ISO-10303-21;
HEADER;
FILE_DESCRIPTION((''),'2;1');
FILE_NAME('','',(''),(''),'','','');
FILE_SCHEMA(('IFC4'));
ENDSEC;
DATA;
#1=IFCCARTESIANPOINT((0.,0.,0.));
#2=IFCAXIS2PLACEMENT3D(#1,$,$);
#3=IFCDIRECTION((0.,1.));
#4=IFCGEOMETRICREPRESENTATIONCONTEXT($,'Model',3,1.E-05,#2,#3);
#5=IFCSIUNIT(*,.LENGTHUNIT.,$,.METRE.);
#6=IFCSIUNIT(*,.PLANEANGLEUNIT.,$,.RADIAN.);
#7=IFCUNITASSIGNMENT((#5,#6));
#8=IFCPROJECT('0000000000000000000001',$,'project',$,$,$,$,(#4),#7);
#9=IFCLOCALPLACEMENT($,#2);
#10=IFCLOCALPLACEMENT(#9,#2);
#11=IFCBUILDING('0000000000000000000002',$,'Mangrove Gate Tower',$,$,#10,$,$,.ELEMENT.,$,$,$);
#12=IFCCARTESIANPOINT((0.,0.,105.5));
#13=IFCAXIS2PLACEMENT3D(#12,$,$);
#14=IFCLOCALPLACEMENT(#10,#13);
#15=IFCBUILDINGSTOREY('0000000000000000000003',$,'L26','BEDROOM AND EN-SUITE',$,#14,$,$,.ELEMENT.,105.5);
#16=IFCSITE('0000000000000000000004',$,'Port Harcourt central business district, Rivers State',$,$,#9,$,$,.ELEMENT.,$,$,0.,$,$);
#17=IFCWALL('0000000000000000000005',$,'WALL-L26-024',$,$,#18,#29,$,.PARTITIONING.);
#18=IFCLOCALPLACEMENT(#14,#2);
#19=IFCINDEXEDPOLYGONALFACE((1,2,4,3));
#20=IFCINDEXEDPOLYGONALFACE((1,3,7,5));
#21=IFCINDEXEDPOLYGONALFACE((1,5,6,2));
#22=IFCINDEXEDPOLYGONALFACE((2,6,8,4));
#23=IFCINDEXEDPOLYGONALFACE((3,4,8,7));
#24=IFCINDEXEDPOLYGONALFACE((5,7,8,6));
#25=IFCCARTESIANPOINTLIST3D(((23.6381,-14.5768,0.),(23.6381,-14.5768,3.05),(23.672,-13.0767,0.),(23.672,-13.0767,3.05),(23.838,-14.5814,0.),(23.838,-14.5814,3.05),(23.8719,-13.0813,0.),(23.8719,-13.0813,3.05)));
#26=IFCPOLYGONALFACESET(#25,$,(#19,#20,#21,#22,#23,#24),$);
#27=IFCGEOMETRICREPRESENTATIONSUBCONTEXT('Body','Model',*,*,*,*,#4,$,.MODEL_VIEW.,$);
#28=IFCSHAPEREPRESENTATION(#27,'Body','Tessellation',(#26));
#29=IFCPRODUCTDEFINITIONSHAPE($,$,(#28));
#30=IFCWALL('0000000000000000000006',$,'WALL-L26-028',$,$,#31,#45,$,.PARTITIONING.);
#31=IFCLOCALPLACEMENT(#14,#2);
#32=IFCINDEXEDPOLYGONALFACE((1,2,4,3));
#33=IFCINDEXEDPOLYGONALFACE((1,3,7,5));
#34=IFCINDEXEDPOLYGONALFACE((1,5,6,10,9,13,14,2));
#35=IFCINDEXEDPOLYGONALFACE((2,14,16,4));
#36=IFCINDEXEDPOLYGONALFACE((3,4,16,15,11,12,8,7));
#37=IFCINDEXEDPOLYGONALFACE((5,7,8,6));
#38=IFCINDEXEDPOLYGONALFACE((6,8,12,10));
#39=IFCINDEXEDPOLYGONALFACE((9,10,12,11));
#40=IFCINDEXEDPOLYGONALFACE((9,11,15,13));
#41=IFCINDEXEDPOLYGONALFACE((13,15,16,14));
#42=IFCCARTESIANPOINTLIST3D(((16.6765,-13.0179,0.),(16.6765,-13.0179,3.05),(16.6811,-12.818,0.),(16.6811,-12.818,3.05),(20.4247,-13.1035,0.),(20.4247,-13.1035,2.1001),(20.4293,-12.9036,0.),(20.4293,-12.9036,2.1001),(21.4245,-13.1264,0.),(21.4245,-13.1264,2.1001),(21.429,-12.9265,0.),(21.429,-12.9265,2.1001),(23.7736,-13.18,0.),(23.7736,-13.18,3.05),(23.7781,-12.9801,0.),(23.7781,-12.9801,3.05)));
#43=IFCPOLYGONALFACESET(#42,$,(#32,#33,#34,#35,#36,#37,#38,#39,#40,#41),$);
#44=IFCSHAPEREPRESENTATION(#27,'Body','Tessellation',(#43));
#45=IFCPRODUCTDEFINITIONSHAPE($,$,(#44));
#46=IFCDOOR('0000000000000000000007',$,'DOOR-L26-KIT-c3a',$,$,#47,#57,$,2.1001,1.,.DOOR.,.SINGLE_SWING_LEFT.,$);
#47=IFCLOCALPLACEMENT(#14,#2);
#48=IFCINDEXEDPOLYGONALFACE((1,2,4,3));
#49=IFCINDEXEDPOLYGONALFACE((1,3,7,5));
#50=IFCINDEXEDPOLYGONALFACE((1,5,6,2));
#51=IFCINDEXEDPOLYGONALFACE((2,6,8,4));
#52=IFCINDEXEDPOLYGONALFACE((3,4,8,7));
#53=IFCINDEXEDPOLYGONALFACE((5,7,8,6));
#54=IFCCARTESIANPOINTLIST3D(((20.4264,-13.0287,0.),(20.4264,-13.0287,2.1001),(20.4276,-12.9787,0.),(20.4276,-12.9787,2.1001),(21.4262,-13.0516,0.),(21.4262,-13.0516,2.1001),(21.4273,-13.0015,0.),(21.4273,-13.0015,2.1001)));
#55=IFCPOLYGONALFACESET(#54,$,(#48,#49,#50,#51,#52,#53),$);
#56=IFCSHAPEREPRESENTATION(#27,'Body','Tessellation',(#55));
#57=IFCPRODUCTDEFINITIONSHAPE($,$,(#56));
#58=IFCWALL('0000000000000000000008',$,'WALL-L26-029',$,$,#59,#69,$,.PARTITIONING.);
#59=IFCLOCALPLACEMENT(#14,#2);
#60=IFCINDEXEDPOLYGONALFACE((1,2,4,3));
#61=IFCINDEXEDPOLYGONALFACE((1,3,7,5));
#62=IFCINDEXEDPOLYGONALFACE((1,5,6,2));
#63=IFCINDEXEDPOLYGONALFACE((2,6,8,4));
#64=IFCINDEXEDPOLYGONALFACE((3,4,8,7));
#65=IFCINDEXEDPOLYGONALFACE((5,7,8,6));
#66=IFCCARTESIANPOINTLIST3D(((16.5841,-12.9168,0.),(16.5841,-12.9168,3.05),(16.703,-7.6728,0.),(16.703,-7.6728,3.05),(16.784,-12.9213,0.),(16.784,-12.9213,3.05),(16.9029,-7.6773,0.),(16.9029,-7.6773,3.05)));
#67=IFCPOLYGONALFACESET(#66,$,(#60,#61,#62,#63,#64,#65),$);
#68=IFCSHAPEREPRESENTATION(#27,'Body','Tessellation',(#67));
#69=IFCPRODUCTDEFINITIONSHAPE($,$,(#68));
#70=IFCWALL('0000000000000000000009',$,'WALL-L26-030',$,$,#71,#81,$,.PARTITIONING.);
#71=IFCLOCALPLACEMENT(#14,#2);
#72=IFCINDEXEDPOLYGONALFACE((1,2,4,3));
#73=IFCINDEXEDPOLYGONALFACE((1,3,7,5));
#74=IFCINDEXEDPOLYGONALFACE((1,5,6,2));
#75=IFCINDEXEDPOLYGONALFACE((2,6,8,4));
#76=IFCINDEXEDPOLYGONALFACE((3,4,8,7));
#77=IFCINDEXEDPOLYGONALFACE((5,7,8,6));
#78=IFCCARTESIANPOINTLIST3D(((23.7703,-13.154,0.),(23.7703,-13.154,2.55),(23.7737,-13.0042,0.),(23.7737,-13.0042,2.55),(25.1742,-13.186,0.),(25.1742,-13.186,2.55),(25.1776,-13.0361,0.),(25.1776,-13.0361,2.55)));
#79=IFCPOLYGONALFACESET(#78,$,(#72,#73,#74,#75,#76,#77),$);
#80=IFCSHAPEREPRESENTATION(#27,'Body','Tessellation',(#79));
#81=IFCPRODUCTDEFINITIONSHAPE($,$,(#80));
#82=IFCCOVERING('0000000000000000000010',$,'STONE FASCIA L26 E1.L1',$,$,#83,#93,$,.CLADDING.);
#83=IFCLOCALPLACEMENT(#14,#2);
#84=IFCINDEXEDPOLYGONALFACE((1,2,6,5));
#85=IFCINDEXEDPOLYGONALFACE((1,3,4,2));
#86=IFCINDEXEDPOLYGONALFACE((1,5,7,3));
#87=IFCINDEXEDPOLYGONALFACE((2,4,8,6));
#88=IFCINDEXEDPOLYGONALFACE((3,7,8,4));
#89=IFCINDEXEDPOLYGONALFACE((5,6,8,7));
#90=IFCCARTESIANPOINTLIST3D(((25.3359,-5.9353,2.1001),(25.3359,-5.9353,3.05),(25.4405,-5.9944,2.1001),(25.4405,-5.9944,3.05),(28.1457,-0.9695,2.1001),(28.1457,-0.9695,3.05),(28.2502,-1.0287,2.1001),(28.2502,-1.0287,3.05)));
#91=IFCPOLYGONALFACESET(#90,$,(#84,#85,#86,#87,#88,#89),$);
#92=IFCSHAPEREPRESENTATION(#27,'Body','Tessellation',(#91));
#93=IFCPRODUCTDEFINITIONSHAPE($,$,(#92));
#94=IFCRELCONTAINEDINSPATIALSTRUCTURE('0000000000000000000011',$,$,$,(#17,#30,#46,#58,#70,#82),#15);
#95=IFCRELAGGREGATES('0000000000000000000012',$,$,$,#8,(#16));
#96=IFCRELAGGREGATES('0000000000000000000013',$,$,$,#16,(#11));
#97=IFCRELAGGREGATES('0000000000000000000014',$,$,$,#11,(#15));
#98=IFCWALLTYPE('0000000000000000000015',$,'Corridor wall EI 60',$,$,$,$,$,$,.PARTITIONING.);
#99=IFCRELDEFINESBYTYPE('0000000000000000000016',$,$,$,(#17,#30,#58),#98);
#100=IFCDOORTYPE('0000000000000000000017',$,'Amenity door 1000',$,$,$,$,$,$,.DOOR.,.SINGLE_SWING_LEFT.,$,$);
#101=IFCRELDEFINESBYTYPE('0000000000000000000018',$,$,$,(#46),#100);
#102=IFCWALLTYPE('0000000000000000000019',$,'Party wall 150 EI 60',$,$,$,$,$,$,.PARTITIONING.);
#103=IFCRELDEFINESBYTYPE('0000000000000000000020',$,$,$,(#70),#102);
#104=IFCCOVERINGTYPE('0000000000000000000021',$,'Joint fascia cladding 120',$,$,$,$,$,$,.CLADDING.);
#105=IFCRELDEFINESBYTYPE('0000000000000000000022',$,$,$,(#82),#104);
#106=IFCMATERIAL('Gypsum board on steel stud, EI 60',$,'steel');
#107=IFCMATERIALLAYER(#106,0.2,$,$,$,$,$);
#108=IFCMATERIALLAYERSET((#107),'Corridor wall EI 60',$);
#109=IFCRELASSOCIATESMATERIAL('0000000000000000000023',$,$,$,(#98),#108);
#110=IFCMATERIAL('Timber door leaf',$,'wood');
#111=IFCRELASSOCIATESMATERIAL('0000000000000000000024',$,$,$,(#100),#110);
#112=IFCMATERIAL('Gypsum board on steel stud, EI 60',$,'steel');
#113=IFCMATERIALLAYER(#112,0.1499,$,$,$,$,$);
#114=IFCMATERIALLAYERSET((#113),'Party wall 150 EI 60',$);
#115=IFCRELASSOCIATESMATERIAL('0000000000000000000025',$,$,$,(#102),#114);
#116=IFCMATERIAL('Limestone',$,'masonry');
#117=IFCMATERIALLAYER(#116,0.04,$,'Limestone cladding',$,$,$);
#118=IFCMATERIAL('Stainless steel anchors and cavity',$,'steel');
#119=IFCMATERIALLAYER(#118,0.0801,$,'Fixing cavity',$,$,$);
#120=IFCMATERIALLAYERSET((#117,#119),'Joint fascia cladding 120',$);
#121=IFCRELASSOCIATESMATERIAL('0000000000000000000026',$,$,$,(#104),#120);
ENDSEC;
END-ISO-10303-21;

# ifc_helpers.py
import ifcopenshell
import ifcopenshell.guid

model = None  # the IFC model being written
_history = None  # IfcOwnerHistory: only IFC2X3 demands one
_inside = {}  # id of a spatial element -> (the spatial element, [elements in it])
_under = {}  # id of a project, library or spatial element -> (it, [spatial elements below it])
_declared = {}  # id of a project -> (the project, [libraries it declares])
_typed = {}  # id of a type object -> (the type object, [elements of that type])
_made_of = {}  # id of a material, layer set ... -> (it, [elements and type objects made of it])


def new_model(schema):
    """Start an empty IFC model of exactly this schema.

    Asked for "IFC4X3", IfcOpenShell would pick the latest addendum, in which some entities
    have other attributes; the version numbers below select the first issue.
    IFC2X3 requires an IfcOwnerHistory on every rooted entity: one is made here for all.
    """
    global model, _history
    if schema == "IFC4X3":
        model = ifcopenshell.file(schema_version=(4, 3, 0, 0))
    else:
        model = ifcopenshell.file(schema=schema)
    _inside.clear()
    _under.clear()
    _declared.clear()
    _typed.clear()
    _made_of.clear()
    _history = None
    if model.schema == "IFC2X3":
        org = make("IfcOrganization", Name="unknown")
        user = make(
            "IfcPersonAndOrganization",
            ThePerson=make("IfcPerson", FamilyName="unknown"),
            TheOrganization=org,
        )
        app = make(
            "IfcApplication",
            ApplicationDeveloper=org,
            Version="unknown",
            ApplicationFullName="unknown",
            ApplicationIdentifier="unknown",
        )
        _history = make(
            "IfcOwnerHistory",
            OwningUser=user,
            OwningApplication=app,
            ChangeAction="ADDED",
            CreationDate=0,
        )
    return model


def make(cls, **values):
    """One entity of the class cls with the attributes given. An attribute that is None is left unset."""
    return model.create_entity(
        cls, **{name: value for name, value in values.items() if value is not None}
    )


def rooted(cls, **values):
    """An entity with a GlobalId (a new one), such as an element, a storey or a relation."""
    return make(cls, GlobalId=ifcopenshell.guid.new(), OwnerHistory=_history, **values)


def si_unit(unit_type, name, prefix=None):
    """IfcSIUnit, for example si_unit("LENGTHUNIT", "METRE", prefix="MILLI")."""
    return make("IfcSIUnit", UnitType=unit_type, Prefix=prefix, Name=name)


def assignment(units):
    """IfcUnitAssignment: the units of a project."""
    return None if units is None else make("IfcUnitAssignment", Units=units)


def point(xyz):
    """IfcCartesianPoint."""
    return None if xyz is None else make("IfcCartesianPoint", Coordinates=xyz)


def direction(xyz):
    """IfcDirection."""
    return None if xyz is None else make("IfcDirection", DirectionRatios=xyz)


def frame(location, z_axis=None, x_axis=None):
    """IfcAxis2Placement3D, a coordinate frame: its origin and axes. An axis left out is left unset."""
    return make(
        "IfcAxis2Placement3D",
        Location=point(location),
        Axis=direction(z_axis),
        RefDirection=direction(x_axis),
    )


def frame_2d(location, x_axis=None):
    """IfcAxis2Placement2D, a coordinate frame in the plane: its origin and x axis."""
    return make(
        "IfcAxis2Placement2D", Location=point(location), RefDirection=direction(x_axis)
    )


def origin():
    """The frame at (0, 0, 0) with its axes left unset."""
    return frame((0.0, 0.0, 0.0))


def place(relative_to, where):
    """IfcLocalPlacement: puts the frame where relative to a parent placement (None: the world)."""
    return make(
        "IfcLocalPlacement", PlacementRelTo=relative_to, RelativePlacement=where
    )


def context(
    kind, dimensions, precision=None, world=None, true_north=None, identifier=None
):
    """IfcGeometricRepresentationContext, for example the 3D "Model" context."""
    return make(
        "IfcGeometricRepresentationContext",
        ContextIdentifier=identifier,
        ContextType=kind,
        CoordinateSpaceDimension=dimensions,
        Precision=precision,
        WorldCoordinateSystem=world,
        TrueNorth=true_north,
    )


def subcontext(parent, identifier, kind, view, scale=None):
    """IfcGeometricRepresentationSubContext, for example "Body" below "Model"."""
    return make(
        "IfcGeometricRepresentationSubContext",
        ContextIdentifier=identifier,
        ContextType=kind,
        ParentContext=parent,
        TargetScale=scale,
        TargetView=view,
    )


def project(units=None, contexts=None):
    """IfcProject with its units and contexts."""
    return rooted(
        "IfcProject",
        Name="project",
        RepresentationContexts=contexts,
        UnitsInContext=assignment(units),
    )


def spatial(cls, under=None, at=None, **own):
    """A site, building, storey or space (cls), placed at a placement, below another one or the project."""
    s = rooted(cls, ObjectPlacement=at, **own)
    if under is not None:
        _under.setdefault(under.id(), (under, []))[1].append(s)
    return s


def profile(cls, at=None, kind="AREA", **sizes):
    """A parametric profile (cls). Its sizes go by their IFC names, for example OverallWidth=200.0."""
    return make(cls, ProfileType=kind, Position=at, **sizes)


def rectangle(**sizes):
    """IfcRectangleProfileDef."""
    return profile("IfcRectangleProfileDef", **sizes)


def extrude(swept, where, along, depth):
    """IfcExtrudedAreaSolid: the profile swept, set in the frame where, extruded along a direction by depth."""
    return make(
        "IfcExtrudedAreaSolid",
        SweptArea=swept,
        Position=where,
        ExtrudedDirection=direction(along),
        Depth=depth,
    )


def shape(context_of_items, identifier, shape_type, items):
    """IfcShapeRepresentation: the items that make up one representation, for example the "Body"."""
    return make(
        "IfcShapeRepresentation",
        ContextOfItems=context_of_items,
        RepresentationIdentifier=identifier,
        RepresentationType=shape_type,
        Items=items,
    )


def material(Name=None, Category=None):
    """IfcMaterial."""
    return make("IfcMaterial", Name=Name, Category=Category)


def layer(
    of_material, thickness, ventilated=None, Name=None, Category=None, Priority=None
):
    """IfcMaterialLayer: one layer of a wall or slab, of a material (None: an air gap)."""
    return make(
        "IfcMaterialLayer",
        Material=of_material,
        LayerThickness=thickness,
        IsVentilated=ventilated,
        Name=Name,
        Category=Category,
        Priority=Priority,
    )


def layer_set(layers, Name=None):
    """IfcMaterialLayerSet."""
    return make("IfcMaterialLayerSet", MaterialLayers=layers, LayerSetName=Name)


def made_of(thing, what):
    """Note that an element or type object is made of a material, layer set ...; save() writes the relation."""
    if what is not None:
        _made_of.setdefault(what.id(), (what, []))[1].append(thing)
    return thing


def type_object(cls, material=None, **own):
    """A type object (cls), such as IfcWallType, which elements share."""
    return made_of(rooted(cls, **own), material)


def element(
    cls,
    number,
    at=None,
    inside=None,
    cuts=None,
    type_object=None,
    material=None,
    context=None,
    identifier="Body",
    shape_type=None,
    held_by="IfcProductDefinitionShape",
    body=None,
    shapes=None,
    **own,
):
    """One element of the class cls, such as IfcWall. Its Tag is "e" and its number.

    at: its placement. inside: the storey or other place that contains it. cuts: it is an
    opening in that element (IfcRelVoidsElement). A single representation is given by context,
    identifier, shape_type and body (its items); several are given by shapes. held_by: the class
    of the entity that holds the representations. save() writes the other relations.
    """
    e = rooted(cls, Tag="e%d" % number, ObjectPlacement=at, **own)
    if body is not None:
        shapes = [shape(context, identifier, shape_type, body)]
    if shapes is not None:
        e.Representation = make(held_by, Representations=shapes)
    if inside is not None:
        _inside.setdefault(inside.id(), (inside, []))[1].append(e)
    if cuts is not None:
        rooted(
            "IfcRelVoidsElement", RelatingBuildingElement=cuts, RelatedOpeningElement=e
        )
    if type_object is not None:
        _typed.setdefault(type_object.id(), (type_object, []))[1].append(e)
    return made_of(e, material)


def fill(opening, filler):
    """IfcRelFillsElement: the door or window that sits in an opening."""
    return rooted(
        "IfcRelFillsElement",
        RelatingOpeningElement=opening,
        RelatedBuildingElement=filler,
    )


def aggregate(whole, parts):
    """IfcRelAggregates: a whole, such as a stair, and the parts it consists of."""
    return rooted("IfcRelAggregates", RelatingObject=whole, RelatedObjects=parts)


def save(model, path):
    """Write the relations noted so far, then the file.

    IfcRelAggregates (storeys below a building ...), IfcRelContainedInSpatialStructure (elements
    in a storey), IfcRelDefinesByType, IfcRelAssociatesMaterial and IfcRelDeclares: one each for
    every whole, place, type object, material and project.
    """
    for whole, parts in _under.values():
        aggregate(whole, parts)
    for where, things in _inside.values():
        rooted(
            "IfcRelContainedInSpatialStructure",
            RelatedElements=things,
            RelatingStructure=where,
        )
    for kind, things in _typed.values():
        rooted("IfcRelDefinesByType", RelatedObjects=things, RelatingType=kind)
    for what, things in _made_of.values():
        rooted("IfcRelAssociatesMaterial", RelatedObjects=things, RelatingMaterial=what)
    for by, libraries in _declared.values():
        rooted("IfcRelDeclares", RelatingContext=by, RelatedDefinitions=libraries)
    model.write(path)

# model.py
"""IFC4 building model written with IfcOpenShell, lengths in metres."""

from ifc_helpers import new_model, si_unit, direction, frame, frame_2d, origin, place, context, subcontext, project, spatial, rectangle, extrude, material, layer, layer_set, type_object, element, fill, save


model = new_model("IFC4")

# Units and contexts
model_context = context("Model", 3, precision=1e-05, world=origin(), true_north=direction((0.0, 1.0)))
body_context = subcontext(model_context, "Body", "Model", "MODEL_VIEW")
ifc_project = project(units=[si_unit("LENGTHUNIT", "METRE"), si_unit("PLANEANGLEUNIT", "RADIAN")], contexts=[model_context])

# Site, building, storey
site_placement = place(None, origin())
site = spatial("IfcSite", under=ifc_project, at=site_placement, Name="Port Harcourt central business district, Rivers State", CompositionType="ELEMENT", RefElevation=0.0)
building_placement = place(site_placement, origin())
building = spatial("IfcBuilding", under=site, at=building_placement, Name="Mangrove Gate Tower", CompositionType="ELEMENT")
storey_placement = place(building_placement, frame((0.0, 0.0, 105.5)))
storey = spatial("IfcBuildingStorey", under=building, at=storey_placement, Name="L26", Description="BEDROOM AND EN-SUITE", CompositionType="ELEMENT", Elevation=105.5)

# Wall
ifc_material_1 = material(Name="Gypsum board on steel stud, EI 60", Category="steel")
ifc_layer_1 = layer(ifc_material_1, 0.2)
ifc_layer_set_1 = layer_set([ifc_layer_1], Name="Corridor wall EI 60")
wall_type_1 = type_object("IfcWallType", Name="Corridor wall EI 60", PredefinedType="PARTITIONING", material=ifc_layer_set_1)
wall_1_placement = place(storey_placement, frame((23.738, -14.5791, 0.0), z_axis=(0.0, 0.0, 1.0), x_axis=(0.022618, 0.999744, 0.0)))
element("IfcWall", 1, at=wall_1_placement, inside=storey, type_object=wall_type_1, Name="WALL-L26-024", PredefinedType="PARTITIONING", context=body_context, shape_type="SweptSolid", body=[
    extrude(rectangle(XDim=1.5005, YDim=0.2, at=frame_2d((0.7502, 0.0))), origin(), (0.0, 0.0, 1.0), 3.05),
])

# Wall, opening, door
wall_2_placement = place(storey_placement, frame((16.679, -12.918, 0.0), z_axis=(0.0, 0.0, 1.0), x_axis=(0.999739, -0.022836, 0.0)))
wall_2 = element("IfcWall", 2, at=wall_2_placement, inside=storey, type_object=wall_type_1, Name="WALL-L26-028", PredefinedType="PARTITIONING", context=body_context, shape_type="SweptSolid", body=[
    extrude(rectangle(XDim=7.0989, YDim=0.2, at=frame_2d((3.5493, 0.0))), origin(), (0.0, 0.0, 1.0), 3.05),
])
opening_1_placement = place(wall_2_placement, frame((3.749, 0.0, 0.0)))
opening_1 = element("IfcOpeningElement", 3, at=opening_1_placement, cuts=wall_2, PredefinedType="OPENING", context=body_context, shape_type="SweptSolid", body=[
    extrude(rectangle(XDim=1.0, YDim=2.1001, at=frame_2d((0.5, 1.05))), frame((0.0, 0.1099, 0.0), z_axis=(0.0, -1.0, 0.0), x_axis=(1.0, 0.0, 0.0)), (0.0, 0.0, 1.0), 0.22),
])
ifc_material_2 = material(Name="Timber door leaf", Category="wood")
door_type_1 = type_object("IfcDoorType", Name="Amenity door 1000", OperationType="SINGLE_SWING_LEFT", PredefinedType="DOOR", material=ifc_material_2)
door_1_placement = place(opening_1_placement, origin())
door_1 = element("IfcDoor", 4, at=door_1_placement, inside=storey, type_object=door_type_1, Name="DOOR-L26-KIT-c3a", OperationType="SINGLE_SWING_LEFT", OverallHeight=2.1001, OverallWidth=1.0, PredefinedType="DOOR", context=body_context, shape_type="SweptSolid", body=[
    extrude(rectangle(XDim=1.0, YDim=2.1001, at=frame_2d((0.5, 1.05))), frame((0.0, 0.0249, 0.0), z_axis=(0.0, -1.0, 0.0), x_axis=(1.0, 0.0, 0.0)), (0.0, 0.0, 1.0), 0.05),
])
fill(opening_1, door_1)

# Walls
wall_3_placement = place(storey_placement, frame((16.6841, -12.9189, 0.0), z_axis=(0.0, 0.0, 1.0), x_axis=(0.022667, 0.999743, 0.0)))
element("IfcWall", 5, at=wall_3_placement, inside=storey, type_object=wall_type_1, Name="WALL-L26-029", PredefinedType="PARTITIONING", context=body_context, shape_type="SweptSolid", body=[
    extrude(rectangle(XDim=5.2454, YDim=0.2, at=frame_2d((2.6226, 0.0))), origin(), (0.0, 0.0, 1.0), 3.05),
])
ifc_material_3 = material(Name="Gypsum board on steel stud, EI 60", Category="steel")
ifc_layer_2 = layer(ifc_material_3, 0.1499)
ifc_layer_set_2 = layer_set([ifc_layer_2], Name="Party wall 150 EI 60")
wall_type_2 = type_object("IfcWallType", Name="Party wall 150 EI 60", PredefinedType="PARTITIONING", material=ifc_layer_set_2)
wall_4_placement = place(storey_placement, frame((23.772, -13.0791, 0.0), z_axis=(0.0, 0.0, 1.0), x_axis=(0.999741, -0.022773, 0.0)))
element("IfcWall", 6, at=wall_4_placement, inside=storey, type_object=wall_type_2, Name="WALL-L26-030", PredefinedType="PARTITIONING", context=body_context, shape_type="SweptSolid", body=[
    extrude(rectangle(XDim=1.4043, YDim=0.1499, at=frame_2d((0.7021, 0.0))), origin(), (0.0, 0.0, 1.0), 2.55),
])

# Covering
ifc_material_4 = material(Name="Limestone", Category="masonry")
ifc_layer_3 = layer(ifc_material_4, 0.04, Name="Limestone cladding")
ifc_material_5 = material(Name="Stainless steel anchors and cavity", Category="steel")
ifc_layer_4 = layer(ifc_material_5, 0.0801, Name="Fixing cavity")
ifc_layer_set_3 = layer_set([ifc_layer_3, ifc_layer_4], Name="Joint fascia cladding 120")
covering_type = type_object("IfcCoveringType", Name="Joint fascia cladding 120", PredefinedType="CLADDING", material=ifc_layer_set_3)
covering_placement = place(storey_placement, frame((25.3882, -5.9648, 2.1001), z_axis=(0.0, 0.0, 1.0), x_axis=(0.492462, 0.870334, 0.0)))
element("IfcCovering", 7, at=covering_placement, inside=storey, type_object=covering_type, Name="STONE FASCIA L26 E1.L1", PredefinedType="CLADDING", context=body_context, shape_type="SweptSolid", body=[
    extrude(rectangle(XDim=5.7056, YDim=0.1201, at=frame_2d((2.8528, 0.0))), origin(), (0.0, 0.0, 1.0), 0.95),
])

save(model, "model.ifc")
